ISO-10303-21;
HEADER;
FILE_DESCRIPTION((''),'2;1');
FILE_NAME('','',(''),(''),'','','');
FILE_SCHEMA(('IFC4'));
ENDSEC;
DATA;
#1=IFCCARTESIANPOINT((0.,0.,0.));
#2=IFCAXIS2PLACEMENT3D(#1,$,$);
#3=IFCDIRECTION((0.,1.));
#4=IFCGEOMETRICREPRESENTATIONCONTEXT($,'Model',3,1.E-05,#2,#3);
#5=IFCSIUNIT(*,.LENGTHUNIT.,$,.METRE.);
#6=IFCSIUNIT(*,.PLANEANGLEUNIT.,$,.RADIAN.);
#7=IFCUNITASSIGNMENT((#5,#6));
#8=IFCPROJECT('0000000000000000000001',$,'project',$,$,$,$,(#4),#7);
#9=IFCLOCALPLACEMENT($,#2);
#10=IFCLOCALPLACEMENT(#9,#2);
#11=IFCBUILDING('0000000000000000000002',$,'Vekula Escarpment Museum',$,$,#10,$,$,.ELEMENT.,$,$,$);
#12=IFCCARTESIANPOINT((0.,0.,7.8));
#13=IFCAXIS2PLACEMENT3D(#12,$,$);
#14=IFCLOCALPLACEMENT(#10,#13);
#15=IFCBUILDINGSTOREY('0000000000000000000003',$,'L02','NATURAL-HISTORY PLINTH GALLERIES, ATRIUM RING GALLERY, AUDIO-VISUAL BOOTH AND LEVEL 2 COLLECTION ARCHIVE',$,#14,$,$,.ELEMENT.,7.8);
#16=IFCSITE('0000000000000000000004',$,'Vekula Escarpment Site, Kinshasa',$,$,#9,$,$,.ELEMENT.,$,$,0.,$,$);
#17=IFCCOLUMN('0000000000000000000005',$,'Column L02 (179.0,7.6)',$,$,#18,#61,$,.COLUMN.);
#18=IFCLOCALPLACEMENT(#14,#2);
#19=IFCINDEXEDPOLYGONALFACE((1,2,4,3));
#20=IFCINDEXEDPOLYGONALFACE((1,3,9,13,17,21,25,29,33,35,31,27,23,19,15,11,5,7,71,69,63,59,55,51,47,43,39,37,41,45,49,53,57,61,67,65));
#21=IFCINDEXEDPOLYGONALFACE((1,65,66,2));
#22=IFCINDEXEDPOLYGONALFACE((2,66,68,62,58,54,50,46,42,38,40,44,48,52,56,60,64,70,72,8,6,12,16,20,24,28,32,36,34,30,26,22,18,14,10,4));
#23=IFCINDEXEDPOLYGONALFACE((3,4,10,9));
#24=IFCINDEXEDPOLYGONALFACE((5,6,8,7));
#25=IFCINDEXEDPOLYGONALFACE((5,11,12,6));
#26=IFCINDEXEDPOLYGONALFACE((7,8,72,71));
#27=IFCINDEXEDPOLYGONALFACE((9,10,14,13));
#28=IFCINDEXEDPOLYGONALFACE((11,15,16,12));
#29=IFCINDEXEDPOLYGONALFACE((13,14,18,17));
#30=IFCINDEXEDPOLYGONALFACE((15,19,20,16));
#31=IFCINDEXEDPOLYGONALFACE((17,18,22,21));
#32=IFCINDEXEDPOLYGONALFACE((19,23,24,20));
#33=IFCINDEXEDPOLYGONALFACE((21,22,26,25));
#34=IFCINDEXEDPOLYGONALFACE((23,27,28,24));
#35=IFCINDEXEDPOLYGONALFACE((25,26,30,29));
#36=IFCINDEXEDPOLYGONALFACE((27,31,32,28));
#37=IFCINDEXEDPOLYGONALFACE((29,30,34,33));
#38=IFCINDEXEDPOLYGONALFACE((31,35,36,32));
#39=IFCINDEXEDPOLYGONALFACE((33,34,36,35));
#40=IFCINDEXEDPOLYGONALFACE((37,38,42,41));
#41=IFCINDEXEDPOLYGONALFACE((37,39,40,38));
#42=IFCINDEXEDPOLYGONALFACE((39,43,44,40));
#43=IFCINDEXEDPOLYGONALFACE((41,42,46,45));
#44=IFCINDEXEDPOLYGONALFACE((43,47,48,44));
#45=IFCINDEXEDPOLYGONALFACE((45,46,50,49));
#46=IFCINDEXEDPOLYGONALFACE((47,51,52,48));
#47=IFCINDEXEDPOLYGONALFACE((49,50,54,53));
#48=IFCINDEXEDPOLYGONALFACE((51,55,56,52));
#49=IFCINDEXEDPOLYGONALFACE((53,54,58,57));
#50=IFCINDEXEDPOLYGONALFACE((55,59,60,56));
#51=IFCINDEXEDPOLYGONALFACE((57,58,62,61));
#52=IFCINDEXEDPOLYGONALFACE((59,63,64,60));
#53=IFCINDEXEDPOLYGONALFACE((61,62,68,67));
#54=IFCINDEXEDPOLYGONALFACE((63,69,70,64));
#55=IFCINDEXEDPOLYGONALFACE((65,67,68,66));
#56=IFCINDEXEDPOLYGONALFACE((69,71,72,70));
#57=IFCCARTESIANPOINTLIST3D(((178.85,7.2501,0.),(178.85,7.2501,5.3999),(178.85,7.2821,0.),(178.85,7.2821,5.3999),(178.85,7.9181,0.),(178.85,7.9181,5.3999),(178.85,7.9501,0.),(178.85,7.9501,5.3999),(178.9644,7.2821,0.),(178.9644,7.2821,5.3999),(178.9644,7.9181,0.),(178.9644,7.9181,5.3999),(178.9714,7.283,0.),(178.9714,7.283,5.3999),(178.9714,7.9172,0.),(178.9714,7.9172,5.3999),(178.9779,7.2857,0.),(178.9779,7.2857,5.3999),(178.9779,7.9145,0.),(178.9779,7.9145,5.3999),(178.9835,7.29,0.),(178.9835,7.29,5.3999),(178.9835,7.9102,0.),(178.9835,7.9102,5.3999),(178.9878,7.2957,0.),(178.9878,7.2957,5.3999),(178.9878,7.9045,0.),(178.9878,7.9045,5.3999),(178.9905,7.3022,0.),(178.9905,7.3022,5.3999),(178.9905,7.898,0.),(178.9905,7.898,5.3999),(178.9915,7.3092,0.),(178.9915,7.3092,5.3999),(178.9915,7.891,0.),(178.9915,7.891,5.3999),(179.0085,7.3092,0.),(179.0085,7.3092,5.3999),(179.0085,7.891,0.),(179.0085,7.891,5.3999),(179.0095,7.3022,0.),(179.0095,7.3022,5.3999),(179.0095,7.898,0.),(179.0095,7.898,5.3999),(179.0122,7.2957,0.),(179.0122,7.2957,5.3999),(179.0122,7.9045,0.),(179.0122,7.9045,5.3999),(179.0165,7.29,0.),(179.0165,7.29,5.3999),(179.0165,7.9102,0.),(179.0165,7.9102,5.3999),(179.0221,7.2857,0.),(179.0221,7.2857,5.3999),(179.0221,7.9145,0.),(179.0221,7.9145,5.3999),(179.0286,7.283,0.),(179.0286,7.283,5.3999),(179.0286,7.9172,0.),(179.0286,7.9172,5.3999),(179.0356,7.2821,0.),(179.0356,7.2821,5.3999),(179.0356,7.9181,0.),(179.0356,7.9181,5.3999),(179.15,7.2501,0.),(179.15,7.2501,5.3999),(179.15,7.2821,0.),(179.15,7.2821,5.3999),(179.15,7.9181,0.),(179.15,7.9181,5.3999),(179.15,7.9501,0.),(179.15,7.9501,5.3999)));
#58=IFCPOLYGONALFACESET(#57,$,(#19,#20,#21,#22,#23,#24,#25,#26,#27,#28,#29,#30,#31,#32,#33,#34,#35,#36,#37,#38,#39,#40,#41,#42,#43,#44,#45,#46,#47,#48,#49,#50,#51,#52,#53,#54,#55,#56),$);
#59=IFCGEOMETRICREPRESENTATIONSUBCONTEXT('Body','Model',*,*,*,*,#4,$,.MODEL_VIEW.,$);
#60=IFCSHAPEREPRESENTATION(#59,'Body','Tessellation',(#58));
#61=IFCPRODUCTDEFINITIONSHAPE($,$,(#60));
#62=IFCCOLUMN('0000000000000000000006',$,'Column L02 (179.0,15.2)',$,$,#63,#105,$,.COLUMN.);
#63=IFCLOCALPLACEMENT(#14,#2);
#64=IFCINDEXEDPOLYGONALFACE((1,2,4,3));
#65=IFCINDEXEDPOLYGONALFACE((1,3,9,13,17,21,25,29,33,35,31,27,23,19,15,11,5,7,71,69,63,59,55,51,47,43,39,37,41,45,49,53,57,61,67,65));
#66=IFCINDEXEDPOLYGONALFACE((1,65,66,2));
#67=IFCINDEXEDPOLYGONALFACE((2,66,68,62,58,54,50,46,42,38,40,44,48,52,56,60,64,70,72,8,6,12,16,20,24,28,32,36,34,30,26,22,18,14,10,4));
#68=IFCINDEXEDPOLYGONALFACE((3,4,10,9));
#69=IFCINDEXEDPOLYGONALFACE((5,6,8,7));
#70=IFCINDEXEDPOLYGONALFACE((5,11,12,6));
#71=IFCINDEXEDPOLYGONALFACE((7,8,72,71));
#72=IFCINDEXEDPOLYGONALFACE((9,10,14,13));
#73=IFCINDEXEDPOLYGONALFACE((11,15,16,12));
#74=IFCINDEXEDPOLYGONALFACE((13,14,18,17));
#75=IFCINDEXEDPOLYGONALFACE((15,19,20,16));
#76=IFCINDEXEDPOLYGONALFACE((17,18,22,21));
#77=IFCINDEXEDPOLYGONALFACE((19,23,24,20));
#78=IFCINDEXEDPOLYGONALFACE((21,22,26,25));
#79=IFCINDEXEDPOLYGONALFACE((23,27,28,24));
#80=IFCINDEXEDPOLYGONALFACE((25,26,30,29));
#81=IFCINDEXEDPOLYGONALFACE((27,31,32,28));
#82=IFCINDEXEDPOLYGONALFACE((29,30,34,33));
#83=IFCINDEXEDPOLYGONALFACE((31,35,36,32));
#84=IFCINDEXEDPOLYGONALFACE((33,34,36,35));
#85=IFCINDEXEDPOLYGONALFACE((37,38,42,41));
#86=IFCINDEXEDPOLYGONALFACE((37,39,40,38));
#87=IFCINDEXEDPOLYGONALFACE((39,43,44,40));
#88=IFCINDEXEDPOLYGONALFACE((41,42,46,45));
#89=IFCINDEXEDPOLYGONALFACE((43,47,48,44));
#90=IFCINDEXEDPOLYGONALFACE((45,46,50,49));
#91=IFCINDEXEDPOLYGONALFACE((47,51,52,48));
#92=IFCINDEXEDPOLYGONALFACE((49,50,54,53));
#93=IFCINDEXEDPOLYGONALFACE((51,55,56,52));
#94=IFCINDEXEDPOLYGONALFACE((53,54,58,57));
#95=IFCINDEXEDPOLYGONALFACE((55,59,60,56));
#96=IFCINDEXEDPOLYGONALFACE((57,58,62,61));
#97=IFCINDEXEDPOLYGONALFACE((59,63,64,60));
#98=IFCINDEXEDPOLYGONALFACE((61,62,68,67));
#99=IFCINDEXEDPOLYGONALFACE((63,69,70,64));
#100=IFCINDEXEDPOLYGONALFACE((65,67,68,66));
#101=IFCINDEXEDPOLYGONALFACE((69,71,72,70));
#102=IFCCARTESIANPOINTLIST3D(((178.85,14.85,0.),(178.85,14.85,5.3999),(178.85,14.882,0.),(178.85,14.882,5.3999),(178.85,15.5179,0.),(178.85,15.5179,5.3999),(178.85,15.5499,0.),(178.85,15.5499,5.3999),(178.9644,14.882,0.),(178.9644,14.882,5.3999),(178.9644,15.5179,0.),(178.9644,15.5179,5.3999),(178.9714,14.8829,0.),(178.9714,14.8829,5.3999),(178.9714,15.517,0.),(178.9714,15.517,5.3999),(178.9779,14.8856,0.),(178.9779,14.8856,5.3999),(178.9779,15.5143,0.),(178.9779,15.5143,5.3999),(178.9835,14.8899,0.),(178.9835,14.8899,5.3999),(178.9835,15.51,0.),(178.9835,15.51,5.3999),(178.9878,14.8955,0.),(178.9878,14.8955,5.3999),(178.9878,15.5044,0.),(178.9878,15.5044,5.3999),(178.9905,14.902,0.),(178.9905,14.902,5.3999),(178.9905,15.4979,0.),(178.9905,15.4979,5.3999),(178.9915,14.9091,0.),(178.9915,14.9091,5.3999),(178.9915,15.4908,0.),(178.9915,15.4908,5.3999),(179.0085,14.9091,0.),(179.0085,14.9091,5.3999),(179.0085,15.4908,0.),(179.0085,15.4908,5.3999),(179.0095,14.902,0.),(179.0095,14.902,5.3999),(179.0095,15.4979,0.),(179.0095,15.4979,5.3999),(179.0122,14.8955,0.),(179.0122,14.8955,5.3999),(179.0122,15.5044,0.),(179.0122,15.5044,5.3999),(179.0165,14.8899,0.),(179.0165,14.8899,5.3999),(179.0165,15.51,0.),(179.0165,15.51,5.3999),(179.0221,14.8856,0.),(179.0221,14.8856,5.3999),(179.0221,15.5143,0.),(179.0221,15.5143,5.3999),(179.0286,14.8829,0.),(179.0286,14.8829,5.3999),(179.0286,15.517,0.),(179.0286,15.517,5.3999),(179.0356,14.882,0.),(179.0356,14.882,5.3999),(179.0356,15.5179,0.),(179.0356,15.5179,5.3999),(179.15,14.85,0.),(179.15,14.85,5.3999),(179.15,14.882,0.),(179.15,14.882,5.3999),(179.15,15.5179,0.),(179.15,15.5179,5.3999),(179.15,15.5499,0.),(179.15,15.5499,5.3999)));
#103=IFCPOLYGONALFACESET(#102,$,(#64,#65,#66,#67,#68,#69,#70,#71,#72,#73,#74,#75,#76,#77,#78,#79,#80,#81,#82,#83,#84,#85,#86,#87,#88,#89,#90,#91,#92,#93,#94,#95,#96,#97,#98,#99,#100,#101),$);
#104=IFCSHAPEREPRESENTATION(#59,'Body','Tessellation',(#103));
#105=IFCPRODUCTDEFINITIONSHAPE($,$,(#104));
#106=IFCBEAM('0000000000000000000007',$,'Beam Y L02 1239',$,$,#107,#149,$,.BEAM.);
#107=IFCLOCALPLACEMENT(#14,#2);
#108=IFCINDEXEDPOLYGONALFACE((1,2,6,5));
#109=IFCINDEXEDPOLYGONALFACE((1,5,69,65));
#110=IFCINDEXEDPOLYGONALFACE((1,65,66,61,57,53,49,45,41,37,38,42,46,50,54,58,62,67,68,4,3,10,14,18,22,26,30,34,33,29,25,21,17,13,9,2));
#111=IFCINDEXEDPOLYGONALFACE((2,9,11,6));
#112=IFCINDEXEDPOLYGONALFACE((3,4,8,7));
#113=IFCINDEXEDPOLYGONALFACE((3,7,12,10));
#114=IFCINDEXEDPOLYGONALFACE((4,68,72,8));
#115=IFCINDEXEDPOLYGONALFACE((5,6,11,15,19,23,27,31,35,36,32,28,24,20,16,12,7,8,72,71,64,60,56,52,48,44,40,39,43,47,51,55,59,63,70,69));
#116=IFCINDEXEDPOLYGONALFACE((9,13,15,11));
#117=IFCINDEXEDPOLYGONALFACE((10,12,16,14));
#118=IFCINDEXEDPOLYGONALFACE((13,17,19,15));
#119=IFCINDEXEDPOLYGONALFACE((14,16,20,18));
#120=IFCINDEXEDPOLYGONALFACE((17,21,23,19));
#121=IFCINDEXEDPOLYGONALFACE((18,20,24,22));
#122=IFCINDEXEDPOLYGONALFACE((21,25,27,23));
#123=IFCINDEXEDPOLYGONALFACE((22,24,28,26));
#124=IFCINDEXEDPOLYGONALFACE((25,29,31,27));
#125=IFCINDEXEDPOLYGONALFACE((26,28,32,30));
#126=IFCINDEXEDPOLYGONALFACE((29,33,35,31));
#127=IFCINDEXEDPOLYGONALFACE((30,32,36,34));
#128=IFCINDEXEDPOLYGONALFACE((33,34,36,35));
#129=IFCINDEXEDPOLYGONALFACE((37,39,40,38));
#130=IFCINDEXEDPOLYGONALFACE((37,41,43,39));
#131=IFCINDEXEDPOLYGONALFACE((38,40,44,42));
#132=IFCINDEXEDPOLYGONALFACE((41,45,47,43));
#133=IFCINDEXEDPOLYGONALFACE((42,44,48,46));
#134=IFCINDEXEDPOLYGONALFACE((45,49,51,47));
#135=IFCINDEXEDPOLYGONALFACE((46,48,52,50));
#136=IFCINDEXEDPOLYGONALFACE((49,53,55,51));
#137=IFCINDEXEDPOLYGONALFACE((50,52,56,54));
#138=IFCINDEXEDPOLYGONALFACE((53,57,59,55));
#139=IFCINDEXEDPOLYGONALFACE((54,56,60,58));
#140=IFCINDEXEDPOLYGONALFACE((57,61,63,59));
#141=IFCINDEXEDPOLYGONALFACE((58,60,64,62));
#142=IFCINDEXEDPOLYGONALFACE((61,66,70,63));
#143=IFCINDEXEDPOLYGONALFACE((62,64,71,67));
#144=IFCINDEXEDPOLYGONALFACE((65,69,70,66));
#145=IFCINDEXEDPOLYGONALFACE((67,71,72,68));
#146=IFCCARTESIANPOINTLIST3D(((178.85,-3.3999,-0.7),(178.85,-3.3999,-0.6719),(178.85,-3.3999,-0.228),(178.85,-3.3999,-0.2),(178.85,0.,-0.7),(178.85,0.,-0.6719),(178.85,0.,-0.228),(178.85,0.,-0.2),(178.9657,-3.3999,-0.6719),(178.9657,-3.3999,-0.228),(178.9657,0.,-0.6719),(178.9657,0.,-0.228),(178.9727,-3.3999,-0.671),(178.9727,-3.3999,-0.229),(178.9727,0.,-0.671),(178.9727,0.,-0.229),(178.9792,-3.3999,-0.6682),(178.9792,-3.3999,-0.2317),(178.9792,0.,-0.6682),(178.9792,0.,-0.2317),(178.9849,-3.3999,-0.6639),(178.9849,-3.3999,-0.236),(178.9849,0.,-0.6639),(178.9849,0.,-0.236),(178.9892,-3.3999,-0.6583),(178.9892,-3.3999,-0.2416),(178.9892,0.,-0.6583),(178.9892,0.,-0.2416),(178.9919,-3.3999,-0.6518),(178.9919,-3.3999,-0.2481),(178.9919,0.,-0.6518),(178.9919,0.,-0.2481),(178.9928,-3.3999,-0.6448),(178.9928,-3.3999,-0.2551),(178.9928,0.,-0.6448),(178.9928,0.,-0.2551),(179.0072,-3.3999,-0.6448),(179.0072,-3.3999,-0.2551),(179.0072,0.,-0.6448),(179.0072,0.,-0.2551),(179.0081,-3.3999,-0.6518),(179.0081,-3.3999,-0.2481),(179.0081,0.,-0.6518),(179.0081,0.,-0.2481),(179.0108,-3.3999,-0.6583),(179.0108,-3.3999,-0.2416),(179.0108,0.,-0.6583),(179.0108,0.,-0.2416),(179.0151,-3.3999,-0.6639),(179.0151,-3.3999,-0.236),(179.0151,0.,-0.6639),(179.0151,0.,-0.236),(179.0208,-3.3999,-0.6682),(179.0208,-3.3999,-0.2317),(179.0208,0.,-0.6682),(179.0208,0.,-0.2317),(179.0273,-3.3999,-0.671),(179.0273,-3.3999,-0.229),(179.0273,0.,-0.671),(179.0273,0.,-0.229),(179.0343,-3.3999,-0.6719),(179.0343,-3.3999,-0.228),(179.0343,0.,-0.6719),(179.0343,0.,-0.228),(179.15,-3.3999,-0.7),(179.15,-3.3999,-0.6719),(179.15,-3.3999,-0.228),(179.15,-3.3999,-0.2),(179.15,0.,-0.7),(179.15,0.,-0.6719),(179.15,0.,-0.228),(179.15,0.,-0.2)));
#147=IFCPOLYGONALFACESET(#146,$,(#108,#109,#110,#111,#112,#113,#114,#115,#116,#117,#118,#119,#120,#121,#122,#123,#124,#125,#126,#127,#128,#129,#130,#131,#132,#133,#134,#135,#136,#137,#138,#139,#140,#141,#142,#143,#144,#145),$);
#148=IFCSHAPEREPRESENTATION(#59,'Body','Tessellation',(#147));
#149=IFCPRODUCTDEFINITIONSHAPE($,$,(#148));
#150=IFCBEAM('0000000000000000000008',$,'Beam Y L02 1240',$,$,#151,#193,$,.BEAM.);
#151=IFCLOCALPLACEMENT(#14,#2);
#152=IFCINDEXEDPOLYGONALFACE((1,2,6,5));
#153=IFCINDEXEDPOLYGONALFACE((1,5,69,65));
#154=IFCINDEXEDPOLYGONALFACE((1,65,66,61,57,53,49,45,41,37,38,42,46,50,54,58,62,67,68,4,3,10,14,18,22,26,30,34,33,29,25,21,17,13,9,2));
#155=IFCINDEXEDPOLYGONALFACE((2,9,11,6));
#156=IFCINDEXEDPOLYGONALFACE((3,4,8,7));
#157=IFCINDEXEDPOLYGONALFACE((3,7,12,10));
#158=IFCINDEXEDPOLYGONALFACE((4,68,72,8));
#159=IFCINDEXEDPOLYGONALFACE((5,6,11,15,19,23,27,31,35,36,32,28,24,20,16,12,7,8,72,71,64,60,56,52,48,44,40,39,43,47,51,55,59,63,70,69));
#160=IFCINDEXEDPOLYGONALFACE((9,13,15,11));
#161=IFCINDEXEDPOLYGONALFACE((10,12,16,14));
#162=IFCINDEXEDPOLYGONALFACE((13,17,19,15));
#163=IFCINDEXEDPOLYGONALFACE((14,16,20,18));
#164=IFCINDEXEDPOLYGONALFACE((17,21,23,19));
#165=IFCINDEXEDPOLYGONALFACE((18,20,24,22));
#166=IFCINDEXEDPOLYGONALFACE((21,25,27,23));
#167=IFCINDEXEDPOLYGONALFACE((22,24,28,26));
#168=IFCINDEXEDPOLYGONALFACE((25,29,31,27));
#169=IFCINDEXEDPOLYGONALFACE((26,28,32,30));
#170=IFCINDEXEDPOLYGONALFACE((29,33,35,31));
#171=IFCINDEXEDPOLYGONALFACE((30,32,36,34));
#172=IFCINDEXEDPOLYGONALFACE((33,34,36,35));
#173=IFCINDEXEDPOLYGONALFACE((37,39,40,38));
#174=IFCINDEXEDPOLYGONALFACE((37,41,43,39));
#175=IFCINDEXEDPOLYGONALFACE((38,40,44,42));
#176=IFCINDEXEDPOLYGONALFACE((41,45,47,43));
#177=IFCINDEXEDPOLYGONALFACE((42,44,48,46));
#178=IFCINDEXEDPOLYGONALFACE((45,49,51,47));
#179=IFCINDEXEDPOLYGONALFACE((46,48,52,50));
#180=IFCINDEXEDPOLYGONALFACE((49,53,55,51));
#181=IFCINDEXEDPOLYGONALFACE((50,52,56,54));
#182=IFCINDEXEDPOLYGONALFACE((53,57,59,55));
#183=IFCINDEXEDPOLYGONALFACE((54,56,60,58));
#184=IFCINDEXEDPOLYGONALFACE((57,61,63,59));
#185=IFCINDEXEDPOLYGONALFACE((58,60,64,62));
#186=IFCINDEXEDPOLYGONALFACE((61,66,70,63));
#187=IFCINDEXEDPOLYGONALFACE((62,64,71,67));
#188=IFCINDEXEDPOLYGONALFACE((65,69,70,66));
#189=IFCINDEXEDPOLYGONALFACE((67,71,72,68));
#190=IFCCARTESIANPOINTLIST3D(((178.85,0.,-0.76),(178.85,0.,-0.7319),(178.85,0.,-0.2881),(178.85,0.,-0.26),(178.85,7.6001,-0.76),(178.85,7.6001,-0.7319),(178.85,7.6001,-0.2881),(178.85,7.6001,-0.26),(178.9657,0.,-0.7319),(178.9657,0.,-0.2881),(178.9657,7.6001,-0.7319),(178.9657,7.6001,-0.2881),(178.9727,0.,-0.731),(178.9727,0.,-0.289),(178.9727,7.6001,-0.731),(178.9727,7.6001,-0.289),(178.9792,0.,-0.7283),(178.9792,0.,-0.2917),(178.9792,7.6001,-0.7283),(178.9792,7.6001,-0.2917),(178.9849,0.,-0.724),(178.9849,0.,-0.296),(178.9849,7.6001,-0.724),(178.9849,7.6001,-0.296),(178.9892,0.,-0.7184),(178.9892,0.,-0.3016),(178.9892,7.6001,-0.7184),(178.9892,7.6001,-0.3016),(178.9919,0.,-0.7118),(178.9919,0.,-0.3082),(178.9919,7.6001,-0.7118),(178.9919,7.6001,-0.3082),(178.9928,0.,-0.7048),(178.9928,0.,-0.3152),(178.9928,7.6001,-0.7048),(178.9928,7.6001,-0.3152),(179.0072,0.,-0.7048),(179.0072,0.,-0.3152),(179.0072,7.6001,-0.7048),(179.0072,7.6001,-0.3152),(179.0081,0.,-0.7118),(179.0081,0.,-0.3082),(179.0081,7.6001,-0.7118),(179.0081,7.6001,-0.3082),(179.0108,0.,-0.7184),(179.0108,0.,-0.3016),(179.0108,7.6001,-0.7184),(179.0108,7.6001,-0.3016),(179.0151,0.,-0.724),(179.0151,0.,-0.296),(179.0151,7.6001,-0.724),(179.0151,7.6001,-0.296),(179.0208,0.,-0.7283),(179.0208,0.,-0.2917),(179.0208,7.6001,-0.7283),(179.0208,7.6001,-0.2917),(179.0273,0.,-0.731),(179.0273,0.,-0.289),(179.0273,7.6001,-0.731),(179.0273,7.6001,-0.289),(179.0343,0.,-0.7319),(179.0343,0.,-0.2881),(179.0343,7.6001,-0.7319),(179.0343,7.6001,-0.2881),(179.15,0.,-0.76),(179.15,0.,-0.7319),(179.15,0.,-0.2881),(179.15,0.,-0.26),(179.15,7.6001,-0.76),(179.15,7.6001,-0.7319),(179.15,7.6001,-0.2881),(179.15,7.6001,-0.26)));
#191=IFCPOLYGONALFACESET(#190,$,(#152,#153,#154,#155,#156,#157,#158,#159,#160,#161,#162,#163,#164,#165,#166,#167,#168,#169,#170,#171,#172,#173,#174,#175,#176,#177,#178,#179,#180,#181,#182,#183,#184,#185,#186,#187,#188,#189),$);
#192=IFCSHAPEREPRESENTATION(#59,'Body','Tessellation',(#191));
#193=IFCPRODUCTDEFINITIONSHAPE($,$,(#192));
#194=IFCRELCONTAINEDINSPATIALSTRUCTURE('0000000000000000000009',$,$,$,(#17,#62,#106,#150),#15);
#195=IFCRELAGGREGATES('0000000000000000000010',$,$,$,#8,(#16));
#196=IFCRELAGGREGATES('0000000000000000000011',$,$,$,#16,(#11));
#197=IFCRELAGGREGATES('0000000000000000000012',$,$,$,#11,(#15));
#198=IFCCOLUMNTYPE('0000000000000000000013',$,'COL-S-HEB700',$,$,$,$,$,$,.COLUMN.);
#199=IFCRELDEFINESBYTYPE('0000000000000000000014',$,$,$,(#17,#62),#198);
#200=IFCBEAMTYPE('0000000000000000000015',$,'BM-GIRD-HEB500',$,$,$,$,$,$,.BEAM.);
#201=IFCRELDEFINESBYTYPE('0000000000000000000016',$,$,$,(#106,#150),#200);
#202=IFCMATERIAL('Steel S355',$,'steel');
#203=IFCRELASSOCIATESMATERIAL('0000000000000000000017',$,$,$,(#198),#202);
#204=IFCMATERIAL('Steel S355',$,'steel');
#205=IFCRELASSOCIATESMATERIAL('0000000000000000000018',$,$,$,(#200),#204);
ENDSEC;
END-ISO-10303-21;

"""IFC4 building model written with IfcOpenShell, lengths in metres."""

from ifc_helpers import new_model, si_unit, direction, frame, origin, origin_2d, place, context, subcontext, project, spatial, i_section, extrude, material, material_profile, profile_set, type_object, element, save


model = new_model("IFC4")

# Units and contexts
model_context = context("Model", 3, precision=1e-05, world=origin(), true_north=direction((0.0, 1.0)))
body_context = subcontext(model_context, "Body", "Model", "MODEL_VIEW")
ifc_project = project(units=[si_unit("LENGTHUNIT", "METRE"), si_unit("PLANEANGLEUNIT", "RADIAN")], contexts=[model_context])

# Site, building, storey
site_placement = place(None, origin())
site = spatial("IfcSite", under=ifc_project, at=site_placement, Name="Vekula Escarpment Site, Kinshasa", CompositionType="ELEMENT", RefElevation=0.0)
building_placement = place(site_placement, origin())
building = spatial("IfcBuilding", under=site, at=building_placement, Name="Vekula Escarpment Museum", CompositionType="ELEMENT")
storey_placement = place(building_placement, frame((0.0, 0.0, 7.8)))
storey = spatial("IfcBuildingStorey", under=building, at=storey_placement, Name="L02", Description="NATURAL-HISTORY PLINTH GALLERIES, ATRIUM RING GALLERY, AUDIO-VISUAL BOOTH AND LEVEL 2 COLLECTION ARCHIVE", CompositionType="ELEMENT", Elevation=7.8)

# Columns
ifc_material_1 = material(Name="Steel S355", Category="steel")
ifc_material_profile_1 = material_profile(ifc_material_1, i_section(OverallWidth=0.3, OverallDepth=0.7, WebThickness=0.0171, FlangeThickness=0.032, FilletRadius=0.0271, at=origin_2d()), Name="HEB 700")
ifc_profile_set_1 = profile_set([ifc_material_profile_1], Name="Steel S355")
column_type = type_object("IfcColumnType", Name="COL-S-HEB700", PredefinedType="COLUMN", material=ifc_profile_set_1)
for number, where, z_axis, x_axis, name in (
    (1, (179.0, 7.6001, 0.0), (0.0, 0.0, 1.0), (1.0, 0.0, 0.0), "Column L02 (179.0,7.6)"),
    (2, (179.0, 15.2, 0.0), (0.0, 0.0, 1.0), (1.0, 0.0, 0.0), "Column L02 (179.0,15.2)"),
):
    element("IfcColumn", number, at=place(storey_placement, frame(where, z_axis=z_axis, x_axis=x_axis)), inside=storey, type_object=column_type, Name=name, PredefinedType="COLUMN", context=body_context, shape_type="SweptSolid", body=[
        extrude(i_section(OverallWidth=0.3, OverallDepth=0.7, WebThickness=0.0171, FlangeThickness=0.032, FilletRadius=0.0271, at=origin_2d()), origin(), (0.0, 0.0, 1.0), 5.3999),
    ])

# Beams
ifc_material_2 = material(Name="Steel S355", Category="steel")
ifc_material_profile_2 = material_profile(ifc_material_2, i_section(OverallWidth=0.3, OverallDepth=0.5, WebThickness=0.0144, FlangeThickness=0.0281, FilletRadius=0.0271, at=origin_2d()), Name="HEB 500")
ifc_profile_set_2 = profile_set([ifc_material_profile_2], Name="Steel S355")
beam_type_1 = type_object("IfcBeamType", Name="BM-GIRD-HEB500", PredefinedType="BEAM", material=ifc_profile_set_2)
beam_1_placement = place(storey_placement, frame((179.0, -3.3999, -0.45), z_axis=(0.0, 1.0, 0.0), x_axis=(-1.0, 0.0, 0.0)))
element("IfcBeam", 3, at=beam_1_placement, inside=storey, type_object=beam_type_1, Name="Beam Y L02 1239", PredefinedType="BEAM", context=body_context, shape_type="SweptSolid", body=[
    extrude(i_section(OverallWidth=0.3, OverallDepth=0.5, WebThickness=0.0144, FlangeThickness=0.0281, FilletRadius=0.0271, at=origin_2d()), origin(), (0.0, 0.0, 1.0), 3.3999),
])
beam_2_placement = place(storey_placement, frame((179.0, 0.0, -0.51), z_axis=(0.0, 1.0, 0.0), x_axis=(-1.0, 0.0, 0.0)))
element("IfcBeam", 4, at=beam_2_placement, inside=storey, type_object=beam_type_1, Name="Beam Y L02 1240", PredefinedType="BEAM", context=body_context, shape_type="SweptSolid", body=[
    extrude(i_section(OverallWidth=0.3, OverallDepth=0.5, WebThickness=0.0144, FlangeThickness=0.0281, FilletRadius=0.0271, at=origin_2d()), origin(), (0.0, 0.0, 1.0), 7.6001),
])

save(model, "model.ifc")
